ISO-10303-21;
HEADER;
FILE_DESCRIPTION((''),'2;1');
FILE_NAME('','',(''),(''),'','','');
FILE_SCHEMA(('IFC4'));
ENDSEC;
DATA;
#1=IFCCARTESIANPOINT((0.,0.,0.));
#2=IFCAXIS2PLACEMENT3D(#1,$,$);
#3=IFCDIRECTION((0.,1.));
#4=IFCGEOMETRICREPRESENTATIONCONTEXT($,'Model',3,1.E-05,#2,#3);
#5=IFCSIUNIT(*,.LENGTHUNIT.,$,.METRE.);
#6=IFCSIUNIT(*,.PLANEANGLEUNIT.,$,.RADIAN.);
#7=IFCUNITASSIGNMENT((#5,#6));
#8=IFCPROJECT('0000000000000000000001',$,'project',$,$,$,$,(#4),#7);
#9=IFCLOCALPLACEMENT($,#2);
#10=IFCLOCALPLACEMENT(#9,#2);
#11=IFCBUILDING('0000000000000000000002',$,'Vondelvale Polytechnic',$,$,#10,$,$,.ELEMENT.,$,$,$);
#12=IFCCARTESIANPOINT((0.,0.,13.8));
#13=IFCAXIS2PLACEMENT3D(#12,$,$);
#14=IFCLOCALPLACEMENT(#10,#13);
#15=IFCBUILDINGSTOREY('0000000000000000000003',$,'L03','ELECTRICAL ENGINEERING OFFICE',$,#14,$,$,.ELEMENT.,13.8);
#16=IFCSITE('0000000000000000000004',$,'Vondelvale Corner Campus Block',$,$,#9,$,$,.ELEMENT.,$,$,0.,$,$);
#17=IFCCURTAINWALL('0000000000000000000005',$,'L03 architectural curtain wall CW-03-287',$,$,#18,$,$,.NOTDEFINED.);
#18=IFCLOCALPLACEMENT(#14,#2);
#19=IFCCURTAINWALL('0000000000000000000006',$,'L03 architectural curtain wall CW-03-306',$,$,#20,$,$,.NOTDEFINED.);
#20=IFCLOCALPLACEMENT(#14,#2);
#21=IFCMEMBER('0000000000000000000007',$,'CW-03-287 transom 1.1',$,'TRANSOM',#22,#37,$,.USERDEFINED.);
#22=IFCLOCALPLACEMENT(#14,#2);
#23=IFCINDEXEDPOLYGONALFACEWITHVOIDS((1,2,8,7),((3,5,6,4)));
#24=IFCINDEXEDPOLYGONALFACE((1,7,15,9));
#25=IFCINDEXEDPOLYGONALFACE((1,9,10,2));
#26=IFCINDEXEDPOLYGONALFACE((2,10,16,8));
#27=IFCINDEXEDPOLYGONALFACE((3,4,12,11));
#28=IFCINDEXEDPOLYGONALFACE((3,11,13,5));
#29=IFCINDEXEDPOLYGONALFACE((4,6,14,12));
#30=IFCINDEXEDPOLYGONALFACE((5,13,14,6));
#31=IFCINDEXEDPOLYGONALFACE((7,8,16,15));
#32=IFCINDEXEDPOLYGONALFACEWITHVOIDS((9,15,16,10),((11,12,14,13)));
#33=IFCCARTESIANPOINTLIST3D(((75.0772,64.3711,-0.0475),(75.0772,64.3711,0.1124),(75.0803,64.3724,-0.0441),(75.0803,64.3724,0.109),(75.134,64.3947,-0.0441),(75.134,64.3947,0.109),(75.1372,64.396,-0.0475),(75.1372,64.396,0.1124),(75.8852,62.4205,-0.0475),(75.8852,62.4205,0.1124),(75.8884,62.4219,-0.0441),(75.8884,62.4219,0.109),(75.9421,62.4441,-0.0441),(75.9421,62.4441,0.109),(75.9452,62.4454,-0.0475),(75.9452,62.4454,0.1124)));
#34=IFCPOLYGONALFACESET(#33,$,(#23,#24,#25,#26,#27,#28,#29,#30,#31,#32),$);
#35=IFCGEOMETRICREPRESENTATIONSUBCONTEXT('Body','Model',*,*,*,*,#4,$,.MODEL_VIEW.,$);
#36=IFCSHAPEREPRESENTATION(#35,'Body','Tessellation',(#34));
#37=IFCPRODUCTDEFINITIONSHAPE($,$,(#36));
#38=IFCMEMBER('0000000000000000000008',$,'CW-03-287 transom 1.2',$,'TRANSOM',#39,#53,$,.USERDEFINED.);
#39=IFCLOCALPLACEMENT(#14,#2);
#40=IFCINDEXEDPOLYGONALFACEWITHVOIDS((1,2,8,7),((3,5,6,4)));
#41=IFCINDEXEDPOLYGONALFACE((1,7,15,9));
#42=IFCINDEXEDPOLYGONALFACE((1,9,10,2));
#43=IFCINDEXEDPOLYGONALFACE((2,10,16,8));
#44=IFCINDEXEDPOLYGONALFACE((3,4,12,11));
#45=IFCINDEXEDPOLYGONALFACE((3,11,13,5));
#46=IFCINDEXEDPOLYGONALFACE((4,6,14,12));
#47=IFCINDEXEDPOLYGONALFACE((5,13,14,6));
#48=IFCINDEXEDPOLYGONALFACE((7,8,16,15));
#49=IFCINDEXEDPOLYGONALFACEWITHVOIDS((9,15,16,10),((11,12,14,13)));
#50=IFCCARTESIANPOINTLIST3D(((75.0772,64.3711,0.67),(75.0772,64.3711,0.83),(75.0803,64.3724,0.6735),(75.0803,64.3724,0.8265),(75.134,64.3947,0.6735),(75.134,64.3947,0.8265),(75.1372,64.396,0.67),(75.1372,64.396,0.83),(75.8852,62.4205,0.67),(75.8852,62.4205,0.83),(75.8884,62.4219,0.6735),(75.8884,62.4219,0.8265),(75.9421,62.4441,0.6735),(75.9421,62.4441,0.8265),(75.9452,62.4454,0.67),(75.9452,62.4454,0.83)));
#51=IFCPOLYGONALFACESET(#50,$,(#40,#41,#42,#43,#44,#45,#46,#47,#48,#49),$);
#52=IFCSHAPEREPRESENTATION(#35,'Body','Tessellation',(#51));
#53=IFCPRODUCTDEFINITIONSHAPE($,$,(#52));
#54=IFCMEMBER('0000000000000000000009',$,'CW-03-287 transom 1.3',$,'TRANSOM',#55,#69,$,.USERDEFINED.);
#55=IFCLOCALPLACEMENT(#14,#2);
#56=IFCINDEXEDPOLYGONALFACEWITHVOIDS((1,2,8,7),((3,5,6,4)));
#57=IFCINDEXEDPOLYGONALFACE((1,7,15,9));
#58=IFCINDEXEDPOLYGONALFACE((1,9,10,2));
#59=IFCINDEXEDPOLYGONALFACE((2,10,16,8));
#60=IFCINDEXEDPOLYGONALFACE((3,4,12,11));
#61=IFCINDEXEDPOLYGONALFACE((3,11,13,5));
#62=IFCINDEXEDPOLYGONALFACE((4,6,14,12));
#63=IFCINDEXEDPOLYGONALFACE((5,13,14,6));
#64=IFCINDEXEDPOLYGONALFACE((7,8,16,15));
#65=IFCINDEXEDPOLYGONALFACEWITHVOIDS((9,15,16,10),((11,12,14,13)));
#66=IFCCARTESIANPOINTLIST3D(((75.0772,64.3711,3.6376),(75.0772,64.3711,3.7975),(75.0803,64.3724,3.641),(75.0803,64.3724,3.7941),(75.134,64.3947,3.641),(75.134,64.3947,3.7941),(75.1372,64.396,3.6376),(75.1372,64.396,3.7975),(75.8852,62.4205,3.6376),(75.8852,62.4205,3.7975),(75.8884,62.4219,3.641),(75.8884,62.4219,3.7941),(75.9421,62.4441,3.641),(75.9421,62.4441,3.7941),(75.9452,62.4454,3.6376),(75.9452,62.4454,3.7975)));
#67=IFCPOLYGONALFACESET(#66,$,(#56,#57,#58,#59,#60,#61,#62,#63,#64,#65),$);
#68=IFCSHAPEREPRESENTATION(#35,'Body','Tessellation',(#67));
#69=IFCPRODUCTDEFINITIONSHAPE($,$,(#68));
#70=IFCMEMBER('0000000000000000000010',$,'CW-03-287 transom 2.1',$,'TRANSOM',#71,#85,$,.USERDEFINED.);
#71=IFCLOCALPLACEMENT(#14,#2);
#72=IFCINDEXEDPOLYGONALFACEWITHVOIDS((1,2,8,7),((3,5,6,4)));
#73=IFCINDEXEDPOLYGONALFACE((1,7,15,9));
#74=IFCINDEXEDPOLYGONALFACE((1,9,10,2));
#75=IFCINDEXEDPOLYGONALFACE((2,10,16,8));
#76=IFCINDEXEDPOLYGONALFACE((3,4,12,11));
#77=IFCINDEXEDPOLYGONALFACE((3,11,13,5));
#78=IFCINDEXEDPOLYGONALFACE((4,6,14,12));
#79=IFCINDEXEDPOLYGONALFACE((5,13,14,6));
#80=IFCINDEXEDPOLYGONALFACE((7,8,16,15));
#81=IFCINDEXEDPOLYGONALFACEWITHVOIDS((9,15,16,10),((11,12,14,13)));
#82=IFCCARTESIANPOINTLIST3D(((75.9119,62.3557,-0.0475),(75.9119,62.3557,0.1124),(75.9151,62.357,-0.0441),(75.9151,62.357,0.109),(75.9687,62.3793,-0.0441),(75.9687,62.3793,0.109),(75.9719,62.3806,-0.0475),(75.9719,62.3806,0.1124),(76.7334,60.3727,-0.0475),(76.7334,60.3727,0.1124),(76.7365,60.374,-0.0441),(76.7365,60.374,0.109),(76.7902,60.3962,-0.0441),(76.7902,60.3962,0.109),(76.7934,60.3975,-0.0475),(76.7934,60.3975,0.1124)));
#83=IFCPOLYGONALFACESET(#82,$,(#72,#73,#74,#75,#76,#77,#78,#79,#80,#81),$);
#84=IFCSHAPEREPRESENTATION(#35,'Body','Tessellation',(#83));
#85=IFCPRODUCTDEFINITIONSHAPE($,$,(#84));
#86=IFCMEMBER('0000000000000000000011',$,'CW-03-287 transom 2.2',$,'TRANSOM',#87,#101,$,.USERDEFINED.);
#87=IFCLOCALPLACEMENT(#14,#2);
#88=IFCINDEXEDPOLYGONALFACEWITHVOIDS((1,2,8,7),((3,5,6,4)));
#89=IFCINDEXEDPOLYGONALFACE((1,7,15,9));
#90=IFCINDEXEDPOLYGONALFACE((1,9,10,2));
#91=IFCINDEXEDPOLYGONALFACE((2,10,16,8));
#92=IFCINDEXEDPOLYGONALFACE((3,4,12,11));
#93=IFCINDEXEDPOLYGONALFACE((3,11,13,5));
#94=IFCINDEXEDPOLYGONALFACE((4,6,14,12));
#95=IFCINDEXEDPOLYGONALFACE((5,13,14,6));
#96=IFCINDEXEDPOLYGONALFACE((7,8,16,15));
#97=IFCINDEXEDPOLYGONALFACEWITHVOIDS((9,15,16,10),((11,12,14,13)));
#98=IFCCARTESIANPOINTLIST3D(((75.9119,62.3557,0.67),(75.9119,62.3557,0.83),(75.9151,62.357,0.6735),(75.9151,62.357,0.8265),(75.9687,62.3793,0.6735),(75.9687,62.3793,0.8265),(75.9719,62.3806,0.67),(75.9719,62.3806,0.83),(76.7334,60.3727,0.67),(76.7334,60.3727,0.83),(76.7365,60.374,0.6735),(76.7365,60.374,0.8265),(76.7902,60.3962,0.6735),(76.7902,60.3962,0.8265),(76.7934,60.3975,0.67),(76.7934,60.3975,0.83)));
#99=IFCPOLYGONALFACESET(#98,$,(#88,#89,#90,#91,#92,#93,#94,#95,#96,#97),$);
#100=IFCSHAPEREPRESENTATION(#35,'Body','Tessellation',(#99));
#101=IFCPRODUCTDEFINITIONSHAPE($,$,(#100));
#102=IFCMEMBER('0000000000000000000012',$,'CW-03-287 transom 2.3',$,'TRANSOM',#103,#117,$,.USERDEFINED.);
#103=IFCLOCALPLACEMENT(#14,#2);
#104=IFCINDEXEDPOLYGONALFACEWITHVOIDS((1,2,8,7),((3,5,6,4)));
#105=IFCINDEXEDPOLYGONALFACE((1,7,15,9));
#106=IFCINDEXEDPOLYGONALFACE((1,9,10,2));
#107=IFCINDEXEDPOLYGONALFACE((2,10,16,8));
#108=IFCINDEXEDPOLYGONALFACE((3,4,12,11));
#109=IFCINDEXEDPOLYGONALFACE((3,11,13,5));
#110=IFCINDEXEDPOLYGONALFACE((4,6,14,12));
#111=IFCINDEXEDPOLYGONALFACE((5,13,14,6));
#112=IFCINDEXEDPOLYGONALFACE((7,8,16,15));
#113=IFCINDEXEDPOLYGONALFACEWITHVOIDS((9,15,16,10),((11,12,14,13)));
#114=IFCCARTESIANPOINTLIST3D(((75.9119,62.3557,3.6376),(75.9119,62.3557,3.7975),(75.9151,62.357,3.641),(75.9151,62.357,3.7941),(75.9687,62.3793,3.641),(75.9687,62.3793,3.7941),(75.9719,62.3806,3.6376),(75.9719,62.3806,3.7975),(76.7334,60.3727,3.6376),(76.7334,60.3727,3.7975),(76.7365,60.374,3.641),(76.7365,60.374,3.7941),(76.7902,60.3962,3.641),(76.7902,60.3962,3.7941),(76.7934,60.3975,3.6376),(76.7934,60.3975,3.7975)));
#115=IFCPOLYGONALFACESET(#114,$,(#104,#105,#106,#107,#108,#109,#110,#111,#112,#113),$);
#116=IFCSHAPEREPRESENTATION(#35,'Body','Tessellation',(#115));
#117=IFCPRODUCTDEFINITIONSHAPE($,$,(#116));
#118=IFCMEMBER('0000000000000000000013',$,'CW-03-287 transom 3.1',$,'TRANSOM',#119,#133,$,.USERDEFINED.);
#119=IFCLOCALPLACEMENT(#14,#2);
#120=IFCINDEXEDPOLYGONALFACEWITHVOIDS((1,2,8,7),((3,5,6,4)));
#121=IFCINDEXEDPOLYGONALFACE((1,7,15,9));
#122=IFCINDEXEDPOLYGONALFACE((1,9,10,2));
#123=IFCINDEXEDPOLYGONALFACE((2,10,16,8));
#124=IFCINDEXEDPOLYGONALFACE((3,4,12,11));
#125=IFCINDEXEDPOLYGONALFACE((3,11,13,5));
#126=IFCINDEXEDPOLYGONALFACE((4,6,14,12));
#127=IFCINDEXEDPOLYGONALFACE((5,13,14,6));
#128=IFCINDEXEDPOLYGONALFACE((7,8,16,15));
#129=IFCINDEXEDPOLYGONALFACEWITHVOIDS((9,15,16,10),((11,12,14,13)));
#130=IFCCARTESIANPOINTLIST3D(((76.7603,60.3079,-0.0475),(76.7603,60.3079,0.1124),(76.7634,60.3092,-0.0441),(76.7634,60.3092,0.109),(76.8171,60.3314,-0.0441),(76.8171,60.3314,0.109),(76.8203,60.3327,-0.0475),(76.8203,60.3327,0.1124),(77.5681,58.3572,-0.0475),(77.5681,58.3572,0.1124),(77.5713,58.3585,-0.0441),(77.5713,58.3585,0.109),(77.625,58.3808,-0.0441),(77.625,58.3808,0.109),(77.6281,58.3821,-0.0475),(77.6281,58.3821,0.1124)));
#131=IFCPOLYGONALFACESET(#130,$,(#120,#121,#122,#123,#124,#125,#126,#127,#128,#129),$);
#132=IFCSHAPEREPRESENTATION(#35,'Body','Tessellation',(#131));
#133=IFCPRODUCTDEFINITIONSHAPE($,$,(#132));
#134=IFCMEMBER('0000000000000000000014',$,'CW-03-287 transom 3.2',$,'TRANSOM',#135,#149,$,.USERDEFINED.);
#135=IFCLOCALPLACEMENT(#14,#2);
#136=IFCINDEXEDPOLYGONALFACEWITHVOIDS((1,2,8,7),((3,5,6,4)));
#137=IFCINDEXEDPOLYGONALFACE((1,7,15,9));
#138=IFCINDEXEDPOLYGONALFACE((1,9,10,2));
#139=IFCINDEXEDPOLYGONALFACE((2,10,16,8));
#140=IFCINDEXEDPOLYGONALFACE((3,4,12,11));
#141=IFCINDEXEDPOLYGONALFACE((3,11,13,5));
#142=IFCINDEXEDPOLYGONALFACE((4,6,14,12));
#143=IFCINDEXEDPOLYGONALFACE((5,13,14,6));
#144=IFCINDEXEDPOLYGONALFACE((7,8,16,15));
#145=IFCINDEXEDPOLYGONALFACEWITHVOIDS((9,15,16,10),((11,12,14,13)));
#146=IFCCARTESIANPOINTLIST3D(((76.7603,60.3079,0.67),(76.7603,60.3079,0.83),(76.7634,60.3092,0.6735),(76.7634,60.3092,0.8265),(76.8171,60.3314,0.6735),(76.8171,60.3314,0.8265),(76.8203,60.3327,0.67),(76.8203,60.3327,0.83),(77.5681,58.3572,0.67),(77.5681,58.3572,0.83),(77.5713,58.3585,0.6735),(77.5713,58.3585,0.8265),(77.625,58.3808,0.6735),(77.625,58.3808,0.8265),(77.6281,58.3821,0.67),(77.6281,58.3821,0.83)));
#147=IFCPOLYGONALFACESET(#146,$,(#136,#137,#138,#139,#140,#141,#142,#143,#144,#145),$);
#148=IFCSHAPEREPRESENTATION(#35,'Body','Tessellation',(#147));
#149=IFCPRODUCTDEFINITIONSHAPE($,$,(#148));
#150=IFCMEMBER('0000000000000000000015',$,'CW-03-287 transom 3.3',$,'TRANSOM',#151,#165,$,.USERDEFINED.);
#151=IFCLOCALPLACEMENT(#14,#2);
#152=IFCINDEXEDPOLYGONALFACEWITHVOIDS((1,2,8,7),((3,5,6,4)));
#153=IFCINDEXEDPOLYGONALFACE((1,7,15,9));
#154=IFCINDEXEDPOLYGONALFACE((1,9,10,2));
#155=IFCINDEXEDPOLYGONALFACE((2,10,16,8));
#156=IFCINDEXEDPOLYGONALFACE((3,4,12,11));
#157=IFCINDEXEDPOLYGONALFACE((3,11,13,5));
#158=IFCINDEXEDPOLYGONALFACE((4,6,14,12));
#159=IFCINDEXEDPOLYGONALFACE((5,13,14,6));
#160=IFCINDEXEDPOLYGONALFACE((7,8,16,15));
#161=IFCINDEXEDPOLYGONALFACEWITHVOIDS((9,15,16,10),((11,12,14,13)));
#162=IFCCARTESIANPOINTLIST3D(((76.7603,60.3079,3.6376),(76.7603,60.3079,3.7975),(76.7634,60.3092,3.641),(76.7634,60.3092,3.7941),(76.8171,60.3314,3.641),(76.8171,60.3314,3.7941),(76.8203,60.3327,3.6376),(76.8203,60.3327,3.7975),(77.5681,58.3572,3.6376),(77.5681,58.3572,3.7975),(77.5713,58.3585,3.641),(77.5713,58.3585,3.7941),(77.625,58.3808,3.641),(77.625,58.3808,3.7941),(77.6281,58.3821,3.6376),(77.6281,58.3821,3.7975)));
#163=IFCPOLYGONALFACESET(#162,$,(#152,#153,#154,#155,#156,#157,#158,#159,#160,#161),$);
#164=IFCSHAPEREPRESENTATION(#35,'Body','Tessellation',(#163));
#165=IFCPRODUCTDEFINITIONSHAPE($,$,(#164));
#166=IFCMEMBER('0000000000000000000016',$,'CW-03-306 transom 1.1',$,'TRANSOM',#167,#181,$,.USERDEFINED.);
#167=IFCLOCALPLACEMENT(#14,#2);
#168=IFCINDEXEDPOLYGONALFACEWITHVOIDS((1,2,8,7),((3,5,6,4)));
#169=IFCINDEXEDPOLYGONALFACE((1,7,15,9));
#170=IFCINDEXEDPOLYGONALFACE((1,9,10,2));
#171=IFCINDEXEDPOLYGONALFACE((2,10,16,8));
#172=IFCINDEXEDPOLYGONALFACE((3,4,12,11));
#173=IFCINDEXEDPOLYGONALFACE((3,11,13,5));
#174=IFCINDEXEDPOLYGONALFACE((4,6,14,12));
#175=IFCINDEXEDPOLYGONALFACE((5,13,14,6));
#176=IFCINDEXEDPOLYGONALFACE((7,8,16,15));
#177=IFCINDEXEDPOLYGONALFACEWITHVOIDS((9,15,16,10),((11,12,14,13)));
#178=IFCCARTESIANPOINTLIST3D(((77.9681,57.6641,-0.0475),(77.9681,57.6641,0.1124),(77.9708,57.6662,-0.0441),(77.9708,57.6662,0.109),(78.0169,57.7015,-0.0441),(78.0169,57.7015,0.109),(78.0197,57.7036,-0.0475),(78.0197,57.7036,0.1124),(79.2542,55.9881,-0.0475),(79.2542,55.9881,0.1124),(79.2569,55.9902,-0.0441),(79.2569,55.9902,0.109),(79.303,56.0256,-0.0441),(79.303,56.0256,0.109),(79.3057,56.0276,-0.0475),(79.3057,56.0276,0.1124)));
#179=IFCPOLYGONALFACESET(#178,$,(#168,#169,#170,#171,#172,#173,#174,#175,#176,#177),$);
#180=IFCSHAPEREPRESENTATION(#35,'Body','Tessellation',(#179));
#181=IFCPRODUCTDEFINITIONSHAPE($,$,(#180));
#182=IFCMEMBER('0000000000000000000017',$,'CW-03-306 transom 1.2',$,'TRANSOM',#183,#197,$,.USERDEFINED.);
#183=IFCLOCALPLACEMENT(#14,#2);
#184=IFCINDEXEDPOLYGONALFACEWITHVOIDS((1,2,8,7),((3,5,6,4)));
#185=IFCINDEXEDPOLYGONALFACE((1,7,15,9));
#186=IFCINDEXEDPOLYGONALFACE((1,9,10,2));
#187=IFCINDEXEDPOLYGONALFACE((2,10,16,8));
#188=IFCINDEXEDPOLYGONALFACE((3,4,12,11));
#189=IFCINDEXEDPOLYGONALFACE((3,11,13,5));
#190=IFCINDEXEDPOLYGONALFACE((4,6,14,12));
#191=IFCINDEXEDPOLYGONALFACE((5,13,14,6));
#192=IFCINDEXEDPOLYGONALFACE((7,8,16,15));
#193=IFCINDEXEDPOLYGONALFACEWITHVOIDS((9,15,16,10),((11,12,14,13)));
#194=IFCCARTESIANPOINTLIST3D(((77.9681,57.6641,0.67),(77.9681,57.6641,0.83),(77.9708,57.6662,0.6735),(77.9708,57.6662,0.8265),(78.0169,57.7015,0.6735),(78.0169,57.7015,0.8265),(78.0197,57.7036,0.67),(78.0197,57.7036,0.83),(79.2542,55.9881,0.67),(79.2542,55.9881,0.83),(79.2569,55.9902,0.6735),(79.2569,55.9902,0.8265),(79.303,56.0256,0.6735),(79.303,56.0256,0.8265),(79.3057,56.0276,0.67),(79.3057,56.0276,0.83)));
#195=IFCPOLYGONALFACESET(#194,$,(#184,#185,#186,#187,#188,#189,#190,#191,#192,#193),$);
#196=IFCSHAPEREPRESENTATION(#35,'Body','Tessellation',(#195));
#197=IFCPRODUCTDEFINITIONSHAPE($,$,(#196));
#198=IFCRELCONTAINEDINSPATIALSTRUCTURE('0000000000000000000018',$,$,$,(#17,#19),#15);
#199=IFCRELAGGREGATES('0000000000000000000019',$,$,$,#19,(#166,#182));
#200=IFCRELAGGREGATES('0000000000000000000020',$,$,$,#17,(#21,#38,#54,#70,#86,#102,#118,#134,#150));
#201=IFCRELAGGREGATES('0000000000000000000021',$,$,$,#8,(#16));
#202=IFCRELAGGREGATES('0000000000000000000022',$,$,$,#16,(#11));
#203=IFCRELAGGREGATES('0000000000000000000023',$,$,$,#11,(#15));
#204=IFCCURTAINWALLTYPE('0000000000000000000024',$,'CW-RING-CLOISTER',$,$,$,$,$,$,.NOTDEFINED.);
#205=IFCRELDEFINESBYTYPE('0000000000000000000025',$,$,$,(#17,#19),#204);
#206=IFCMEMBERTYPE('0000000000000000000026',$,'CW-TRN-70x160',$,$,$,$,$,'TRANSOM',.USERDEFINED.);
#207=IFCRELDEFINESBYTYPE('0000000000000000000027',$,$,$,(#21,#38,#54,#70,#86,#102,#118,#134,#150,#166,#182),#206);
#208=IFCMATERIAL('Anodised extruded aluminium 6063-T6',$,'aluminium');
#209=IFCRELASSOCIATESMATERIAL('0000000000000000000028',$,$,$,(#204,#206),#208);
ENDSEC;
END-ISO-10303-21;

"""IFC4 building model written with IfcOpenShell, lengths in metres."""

from ifc_helpers import new_model, si_unit, direction, frame, origin, origin_2d, place, context, subcontext, project, spatial, hollow_rectangle, extrude, material, material_profile, profile_set, type_object, element, aggregate, save


model = new_model("IFC4")

# Units and contexts
model_context = context("Model", 3, precision=1e-05, world=origin(), true_north=direction((0.0, 1.0)))
body_context = subcontext(model_context, "Body", "Model", "MODEL_VIEW")
ifc_project = project(units=[si_unit("LENGTHUNIT", "METRE"), si_unit("PLANEANGLEUNIT", "RADIAN")], contexts=[model_context])

# Site, building, storey
site_placement = place(None, origin())
site = spatial("IfcSite", under=ifc_project, at=site_placement, Name="Vondelvale Corner Campus Block", CompositionType="ELEMENT", RefElevation=0.0)
building_placement = place(site_placement, origin())
building = spatial("IfcBuilding", under=site, at=building_placement, Name="Vondelvale Polytechnic", CompositionType="ELEMENT")
storey_placement = place(building_placement, frame((0.0, 0.0, 13.8)))
storey = spatial("IfcBuildingStorey", under=building, at=storey_placement, Name="L03", Description="ELECTRICAL ENGINEERING OFFICE", CompositionType="ELEMENT", Elevation=13.8)

# Curtain wall
ifc_material_1 = material(Name="Anodised extruded aluminium 6063-T6", Category="aluminium")
curtain_wall_type = type_object("IfcCurtainWallType", Name="CW-RING-CLOISTER", PredefinedType="NOTDEFINED", material=ifc_material_1)
curtain_wall_1_placement = place(storey_placement, origin())
curtain_wall_1 = element("IfcCurtainWall", 1, at=curtain_wall_1_placement, inside=storey, type_object=curtain_wall_type, Name="L03 architectural curtain wall CW-03-287", PredefinedType="NOTDEFINED")

# Curtain wall
curtain_wall_2_placement = place(storey_placement, origin())
curtain_wall_2 = element("IfcCurtainWall", 2, at=curtain_wall_2_placement, inside=storey, type_object=curtain_wall_type, Name="L03 architectural curtain wall CW-03-306", PredefinedType="NOTDEFINED")

# Members
ifc_material_profile_1 = material_profile(ifc_material_1, hollow_rectangle(XDim=0.0649, YDim=0.1599, WallThickness=0.0034, at=origin_2d()), Name="CW-TRN-160x65")
ifc_profile_set_1 = profile_set([ifc_material_profile_1], Name="Anodised extruded aluminium 6063-T6")
member_type_1 = type_object("IfcMemberType", Name="CW-TRN-70x160", ElementType="TRANSOM", PredefinedType="USERDEFINED", material=ifc_profile_set_1)
member_1_placement = place(storey_placement, frame((75.1072, 64.3835, 0.0325), z_axis=(0.382726, -0.923862, 0.0), x_axis=(0.923862, 0.382726, 0.0)))
member_1 = element("IfcMember", 3, at=member_1_placement, type_object=member_type_1, Name="CW-03-287 transom 1.1", ObjectType="TRANSOM", PredefinedType="USERDEFINED", context=body_context, shape_type="SweptSolid", body=[
    extrude(hollow_rectangle(XDim=0.0649, YDim=0.1599, WallThickness=0.0034, at=origin_2d()), origin(), (0.0, 0.0, 1.0), 2.1113),
])
member_2_placement = place(storey_placement, frame((75.1072, 64.3835, 0.75), z_axis=(0.382726, -0.923862, 0.0), x_axis=(0.923862, 0.382726, 0.0)))
member_2 = element("IfcMember", 4, at=member_2_placement, type_object=member_type_1, Name="CW-03-287 transom 1.2", ObjectType="TRANSOM", PredefinedType="USERDEFINED", context=body_context, shape_type="SweptSolid", body=[
    extrude(hollow_rectangle(XDim=0.0649, YDim=0.1599, WallThickness=0.0034, at=origin_2d()), origin(), (0.0, 0.0, 1.0), 2.1113),
])
member_3_placement = place(storey_placement, frame((75.1072, 64.3835, 3.7175), z_axis=(0.382726, -0.923862, 0.0), x_axis=(0.923862, 0.382726, 0.0)))
member_3 = element("IfcMember", 5, at=member_3_placement, type_object=member_type_1, Name="CW-03-287 transom 1.3", ObjectType="TRANSOM", PredefinedType="USERDEFINED", context=body_context, shape_type="SweptSolid", body=[
    extrude(hollow_rectangle(XDim=0.0649, YDim=0.1599, WallThickness=0.0034, at=origin_2d()), origin(), (0.0, 0.0, 1.0), 2.1113),
])
member_4_placement = place(storey_placement, frame((75.9419, 62.3682, 0.0325), z_axis=(0.382717, -0.923866, 0.0), x_axis=(0.923866, 0.382717, 0.0)))
member_4 = element("IfcMember", 6, at=member_4_placement, type_object=member_type_1, Name="CW-03-287 transom 2.1", ObjectType="TRANSOM", PredefinedType="USERDEFINED", context=body_context, shape_type="SweptSolid", body=[
    extrude(hollow_rectangle(XDim=0.0649, YDim=0.1599, WallThickness=0.0034, at=origin_2d()), origin(), (0.0, 0.0, 1.0), 2.1465),
])
member_5_placement = place(storey_placement, frame((75.9419, 62.3682, 0.75), z_axis=(0.382717, -0.923866, 0.0), x_axis=(0.923866, 0.382717, 0.0)))
member_5 = element("IfcMember", 7, at=member_5_placement, type_object=member_type_1, Name="CW-03-287 transom 2.2", ObjectType="TRANSOM", PredefinedType="USERDEFINED", context=body_context, shape_type="SweptSolid", body=[
    extrude(hollow_rectangle(XDim=0.0649, YDim=0.1599, WallThickness=0.0034, at=origin_2d()), origin(), (0.0, 0.0, 1.0), 2.1465),
])
member_6_placement = place(storey_placement, frame((75.9419, 62.3682, 3.7175), z_axis=(0.382717, -0.923866, 0.0), x_axis=(0.923866, 0.382717, 0.0)))
member_6 = element("IfcMember", 8, at=member_6_placement, type_object=member_type_1, Name="CW-03-287 transom 2.3", ObjectType="TRANSOM", PredefinedType="USERDEFINED", context=body_context, shape_type="SweptSolid", body=[
    extrude(hollow_rectangle(XDim=0.0649, YDim=0.1599, WallThickness=0.0034, at=origin_2d()), origin(), (0.0, 0.0, 1.0), 2.1465),
])
member_7_placement = place(storey_placement, frame((76.7903, 60.3203, 0.0325), z_axis=(0.382628, -0.923903, 0.0), x_axis=(0.923903, 0.382628, 0.0)))
member_7 = element("IfcMember", 9, at=member_7_placement, type_object=member_type_1, Name="CW-03-287 transom 3.1", ObjectType="TRANSOM", PredefinedType="USERDEFINED", context=body_context, shape_type="SweptSolid", body=[
    extrude(hollow_rectangle(XDim=0.0649, YDim=0.1599, WallThickness=0.0034, at=origin_2d()), origin(), (0.0, 0.0, 1.0), 2.1113),
])
member_8_placement = place(storey_placement, frame((76.7903, 60.3203, 0.75), z_axis=(0.382628, -0.923903, 0.0), x_axis=(0.923903, 0.382628, 0.0)))
member_8 = element("IfcMember", 10, at=member_8_placement, type_object=member_type_1, Name="CW-03-287 transom 3.2", ObjectType="TRANSOM", PredefinedType="USERDEFINED", context=body_context, shape_type="SweptSolid", body=[
    extrude(hollow_rectangle(XDim=0.0649, YDim=0.1599, WallThickness=0.0034, at=origin_2d()), origin(), (0.0, 0.0, 1.0), 2.1113),
])
member_9_placement = place(storey_placement, frame((76.7903, 60.3203, 3.7175), z_axis=(0.382628, -0.923903, 0.0), x_axis=(0.923903, 0.382628, 0.0)))
member_9 = element("IfcMember", 11, at=member_9_placement, type_object=member_type_1, Name="CW-03-287 transom 3.3", ObjectType="TRANSOM", PredefinedType="USERDEFINED", context=body_context, shape_type="SweptSolid", body=[
    extrude(hollow_rectangle(XDim=0.0649, YDim=0.1599, WallThickness=0.0034, at=origin_2d()), origin(), (0.0, 0.0, 1.0), 2.1113),
])
member_10_placement = place(storey_placement, frame((77.9939, 57.6838, 0.0325), z_axis=(0.608783, -0.793337, 0.0), x_axis=(0.793337, 0.608783, 0.0)))
member_10 = element("IfcMember", 12, at=member_10_placement, type_object=member_type_1, Name="CW-03-306 transom 1.1", ObjectType="TRANSOM", PredefinedType="USERDEFINED", context=body_context, shape_type="SweptSolid", body=[
    extrude(hollow_rectangle(XDim=0.0649, YDim=0.1599, WallThickness=0.0034, at=origin_2d()), origin(), (0.0, 0.0, 1.0), 2.1125),
])
member_11_placement = place(storey_placement, frame((77.9939, 57.6838, 0.75), z_axis=(0.608783, -0.793337, 0.0), x_axis=(0.793337, 0.608783, 0.0)))
member_11 = element("IfcMember", 13, at=member_11_placement, type_object=member_type_1, Name="CW-03-306 transom 1.2", ObjectType="TRANSOM", PredefinedType="USERDEFINED", context=body_context, shape_type="SweptSolid", body=[
    extrude(hollow_rectangle(XDim=0.0649, YDim=0.1599, WallThickness=0.0034, at=origin_2d()), origin(), (0.0, 0.0, 1.0), 2.1125),
])
aggregate(curtain_wall_2, [member_10, member_11])

aggregate(curtain_wall_1, [member_1, member_2, member_3, member_4, member_5, member_6, member_7, member_8, member_9])

save(model, "model.ifc")
